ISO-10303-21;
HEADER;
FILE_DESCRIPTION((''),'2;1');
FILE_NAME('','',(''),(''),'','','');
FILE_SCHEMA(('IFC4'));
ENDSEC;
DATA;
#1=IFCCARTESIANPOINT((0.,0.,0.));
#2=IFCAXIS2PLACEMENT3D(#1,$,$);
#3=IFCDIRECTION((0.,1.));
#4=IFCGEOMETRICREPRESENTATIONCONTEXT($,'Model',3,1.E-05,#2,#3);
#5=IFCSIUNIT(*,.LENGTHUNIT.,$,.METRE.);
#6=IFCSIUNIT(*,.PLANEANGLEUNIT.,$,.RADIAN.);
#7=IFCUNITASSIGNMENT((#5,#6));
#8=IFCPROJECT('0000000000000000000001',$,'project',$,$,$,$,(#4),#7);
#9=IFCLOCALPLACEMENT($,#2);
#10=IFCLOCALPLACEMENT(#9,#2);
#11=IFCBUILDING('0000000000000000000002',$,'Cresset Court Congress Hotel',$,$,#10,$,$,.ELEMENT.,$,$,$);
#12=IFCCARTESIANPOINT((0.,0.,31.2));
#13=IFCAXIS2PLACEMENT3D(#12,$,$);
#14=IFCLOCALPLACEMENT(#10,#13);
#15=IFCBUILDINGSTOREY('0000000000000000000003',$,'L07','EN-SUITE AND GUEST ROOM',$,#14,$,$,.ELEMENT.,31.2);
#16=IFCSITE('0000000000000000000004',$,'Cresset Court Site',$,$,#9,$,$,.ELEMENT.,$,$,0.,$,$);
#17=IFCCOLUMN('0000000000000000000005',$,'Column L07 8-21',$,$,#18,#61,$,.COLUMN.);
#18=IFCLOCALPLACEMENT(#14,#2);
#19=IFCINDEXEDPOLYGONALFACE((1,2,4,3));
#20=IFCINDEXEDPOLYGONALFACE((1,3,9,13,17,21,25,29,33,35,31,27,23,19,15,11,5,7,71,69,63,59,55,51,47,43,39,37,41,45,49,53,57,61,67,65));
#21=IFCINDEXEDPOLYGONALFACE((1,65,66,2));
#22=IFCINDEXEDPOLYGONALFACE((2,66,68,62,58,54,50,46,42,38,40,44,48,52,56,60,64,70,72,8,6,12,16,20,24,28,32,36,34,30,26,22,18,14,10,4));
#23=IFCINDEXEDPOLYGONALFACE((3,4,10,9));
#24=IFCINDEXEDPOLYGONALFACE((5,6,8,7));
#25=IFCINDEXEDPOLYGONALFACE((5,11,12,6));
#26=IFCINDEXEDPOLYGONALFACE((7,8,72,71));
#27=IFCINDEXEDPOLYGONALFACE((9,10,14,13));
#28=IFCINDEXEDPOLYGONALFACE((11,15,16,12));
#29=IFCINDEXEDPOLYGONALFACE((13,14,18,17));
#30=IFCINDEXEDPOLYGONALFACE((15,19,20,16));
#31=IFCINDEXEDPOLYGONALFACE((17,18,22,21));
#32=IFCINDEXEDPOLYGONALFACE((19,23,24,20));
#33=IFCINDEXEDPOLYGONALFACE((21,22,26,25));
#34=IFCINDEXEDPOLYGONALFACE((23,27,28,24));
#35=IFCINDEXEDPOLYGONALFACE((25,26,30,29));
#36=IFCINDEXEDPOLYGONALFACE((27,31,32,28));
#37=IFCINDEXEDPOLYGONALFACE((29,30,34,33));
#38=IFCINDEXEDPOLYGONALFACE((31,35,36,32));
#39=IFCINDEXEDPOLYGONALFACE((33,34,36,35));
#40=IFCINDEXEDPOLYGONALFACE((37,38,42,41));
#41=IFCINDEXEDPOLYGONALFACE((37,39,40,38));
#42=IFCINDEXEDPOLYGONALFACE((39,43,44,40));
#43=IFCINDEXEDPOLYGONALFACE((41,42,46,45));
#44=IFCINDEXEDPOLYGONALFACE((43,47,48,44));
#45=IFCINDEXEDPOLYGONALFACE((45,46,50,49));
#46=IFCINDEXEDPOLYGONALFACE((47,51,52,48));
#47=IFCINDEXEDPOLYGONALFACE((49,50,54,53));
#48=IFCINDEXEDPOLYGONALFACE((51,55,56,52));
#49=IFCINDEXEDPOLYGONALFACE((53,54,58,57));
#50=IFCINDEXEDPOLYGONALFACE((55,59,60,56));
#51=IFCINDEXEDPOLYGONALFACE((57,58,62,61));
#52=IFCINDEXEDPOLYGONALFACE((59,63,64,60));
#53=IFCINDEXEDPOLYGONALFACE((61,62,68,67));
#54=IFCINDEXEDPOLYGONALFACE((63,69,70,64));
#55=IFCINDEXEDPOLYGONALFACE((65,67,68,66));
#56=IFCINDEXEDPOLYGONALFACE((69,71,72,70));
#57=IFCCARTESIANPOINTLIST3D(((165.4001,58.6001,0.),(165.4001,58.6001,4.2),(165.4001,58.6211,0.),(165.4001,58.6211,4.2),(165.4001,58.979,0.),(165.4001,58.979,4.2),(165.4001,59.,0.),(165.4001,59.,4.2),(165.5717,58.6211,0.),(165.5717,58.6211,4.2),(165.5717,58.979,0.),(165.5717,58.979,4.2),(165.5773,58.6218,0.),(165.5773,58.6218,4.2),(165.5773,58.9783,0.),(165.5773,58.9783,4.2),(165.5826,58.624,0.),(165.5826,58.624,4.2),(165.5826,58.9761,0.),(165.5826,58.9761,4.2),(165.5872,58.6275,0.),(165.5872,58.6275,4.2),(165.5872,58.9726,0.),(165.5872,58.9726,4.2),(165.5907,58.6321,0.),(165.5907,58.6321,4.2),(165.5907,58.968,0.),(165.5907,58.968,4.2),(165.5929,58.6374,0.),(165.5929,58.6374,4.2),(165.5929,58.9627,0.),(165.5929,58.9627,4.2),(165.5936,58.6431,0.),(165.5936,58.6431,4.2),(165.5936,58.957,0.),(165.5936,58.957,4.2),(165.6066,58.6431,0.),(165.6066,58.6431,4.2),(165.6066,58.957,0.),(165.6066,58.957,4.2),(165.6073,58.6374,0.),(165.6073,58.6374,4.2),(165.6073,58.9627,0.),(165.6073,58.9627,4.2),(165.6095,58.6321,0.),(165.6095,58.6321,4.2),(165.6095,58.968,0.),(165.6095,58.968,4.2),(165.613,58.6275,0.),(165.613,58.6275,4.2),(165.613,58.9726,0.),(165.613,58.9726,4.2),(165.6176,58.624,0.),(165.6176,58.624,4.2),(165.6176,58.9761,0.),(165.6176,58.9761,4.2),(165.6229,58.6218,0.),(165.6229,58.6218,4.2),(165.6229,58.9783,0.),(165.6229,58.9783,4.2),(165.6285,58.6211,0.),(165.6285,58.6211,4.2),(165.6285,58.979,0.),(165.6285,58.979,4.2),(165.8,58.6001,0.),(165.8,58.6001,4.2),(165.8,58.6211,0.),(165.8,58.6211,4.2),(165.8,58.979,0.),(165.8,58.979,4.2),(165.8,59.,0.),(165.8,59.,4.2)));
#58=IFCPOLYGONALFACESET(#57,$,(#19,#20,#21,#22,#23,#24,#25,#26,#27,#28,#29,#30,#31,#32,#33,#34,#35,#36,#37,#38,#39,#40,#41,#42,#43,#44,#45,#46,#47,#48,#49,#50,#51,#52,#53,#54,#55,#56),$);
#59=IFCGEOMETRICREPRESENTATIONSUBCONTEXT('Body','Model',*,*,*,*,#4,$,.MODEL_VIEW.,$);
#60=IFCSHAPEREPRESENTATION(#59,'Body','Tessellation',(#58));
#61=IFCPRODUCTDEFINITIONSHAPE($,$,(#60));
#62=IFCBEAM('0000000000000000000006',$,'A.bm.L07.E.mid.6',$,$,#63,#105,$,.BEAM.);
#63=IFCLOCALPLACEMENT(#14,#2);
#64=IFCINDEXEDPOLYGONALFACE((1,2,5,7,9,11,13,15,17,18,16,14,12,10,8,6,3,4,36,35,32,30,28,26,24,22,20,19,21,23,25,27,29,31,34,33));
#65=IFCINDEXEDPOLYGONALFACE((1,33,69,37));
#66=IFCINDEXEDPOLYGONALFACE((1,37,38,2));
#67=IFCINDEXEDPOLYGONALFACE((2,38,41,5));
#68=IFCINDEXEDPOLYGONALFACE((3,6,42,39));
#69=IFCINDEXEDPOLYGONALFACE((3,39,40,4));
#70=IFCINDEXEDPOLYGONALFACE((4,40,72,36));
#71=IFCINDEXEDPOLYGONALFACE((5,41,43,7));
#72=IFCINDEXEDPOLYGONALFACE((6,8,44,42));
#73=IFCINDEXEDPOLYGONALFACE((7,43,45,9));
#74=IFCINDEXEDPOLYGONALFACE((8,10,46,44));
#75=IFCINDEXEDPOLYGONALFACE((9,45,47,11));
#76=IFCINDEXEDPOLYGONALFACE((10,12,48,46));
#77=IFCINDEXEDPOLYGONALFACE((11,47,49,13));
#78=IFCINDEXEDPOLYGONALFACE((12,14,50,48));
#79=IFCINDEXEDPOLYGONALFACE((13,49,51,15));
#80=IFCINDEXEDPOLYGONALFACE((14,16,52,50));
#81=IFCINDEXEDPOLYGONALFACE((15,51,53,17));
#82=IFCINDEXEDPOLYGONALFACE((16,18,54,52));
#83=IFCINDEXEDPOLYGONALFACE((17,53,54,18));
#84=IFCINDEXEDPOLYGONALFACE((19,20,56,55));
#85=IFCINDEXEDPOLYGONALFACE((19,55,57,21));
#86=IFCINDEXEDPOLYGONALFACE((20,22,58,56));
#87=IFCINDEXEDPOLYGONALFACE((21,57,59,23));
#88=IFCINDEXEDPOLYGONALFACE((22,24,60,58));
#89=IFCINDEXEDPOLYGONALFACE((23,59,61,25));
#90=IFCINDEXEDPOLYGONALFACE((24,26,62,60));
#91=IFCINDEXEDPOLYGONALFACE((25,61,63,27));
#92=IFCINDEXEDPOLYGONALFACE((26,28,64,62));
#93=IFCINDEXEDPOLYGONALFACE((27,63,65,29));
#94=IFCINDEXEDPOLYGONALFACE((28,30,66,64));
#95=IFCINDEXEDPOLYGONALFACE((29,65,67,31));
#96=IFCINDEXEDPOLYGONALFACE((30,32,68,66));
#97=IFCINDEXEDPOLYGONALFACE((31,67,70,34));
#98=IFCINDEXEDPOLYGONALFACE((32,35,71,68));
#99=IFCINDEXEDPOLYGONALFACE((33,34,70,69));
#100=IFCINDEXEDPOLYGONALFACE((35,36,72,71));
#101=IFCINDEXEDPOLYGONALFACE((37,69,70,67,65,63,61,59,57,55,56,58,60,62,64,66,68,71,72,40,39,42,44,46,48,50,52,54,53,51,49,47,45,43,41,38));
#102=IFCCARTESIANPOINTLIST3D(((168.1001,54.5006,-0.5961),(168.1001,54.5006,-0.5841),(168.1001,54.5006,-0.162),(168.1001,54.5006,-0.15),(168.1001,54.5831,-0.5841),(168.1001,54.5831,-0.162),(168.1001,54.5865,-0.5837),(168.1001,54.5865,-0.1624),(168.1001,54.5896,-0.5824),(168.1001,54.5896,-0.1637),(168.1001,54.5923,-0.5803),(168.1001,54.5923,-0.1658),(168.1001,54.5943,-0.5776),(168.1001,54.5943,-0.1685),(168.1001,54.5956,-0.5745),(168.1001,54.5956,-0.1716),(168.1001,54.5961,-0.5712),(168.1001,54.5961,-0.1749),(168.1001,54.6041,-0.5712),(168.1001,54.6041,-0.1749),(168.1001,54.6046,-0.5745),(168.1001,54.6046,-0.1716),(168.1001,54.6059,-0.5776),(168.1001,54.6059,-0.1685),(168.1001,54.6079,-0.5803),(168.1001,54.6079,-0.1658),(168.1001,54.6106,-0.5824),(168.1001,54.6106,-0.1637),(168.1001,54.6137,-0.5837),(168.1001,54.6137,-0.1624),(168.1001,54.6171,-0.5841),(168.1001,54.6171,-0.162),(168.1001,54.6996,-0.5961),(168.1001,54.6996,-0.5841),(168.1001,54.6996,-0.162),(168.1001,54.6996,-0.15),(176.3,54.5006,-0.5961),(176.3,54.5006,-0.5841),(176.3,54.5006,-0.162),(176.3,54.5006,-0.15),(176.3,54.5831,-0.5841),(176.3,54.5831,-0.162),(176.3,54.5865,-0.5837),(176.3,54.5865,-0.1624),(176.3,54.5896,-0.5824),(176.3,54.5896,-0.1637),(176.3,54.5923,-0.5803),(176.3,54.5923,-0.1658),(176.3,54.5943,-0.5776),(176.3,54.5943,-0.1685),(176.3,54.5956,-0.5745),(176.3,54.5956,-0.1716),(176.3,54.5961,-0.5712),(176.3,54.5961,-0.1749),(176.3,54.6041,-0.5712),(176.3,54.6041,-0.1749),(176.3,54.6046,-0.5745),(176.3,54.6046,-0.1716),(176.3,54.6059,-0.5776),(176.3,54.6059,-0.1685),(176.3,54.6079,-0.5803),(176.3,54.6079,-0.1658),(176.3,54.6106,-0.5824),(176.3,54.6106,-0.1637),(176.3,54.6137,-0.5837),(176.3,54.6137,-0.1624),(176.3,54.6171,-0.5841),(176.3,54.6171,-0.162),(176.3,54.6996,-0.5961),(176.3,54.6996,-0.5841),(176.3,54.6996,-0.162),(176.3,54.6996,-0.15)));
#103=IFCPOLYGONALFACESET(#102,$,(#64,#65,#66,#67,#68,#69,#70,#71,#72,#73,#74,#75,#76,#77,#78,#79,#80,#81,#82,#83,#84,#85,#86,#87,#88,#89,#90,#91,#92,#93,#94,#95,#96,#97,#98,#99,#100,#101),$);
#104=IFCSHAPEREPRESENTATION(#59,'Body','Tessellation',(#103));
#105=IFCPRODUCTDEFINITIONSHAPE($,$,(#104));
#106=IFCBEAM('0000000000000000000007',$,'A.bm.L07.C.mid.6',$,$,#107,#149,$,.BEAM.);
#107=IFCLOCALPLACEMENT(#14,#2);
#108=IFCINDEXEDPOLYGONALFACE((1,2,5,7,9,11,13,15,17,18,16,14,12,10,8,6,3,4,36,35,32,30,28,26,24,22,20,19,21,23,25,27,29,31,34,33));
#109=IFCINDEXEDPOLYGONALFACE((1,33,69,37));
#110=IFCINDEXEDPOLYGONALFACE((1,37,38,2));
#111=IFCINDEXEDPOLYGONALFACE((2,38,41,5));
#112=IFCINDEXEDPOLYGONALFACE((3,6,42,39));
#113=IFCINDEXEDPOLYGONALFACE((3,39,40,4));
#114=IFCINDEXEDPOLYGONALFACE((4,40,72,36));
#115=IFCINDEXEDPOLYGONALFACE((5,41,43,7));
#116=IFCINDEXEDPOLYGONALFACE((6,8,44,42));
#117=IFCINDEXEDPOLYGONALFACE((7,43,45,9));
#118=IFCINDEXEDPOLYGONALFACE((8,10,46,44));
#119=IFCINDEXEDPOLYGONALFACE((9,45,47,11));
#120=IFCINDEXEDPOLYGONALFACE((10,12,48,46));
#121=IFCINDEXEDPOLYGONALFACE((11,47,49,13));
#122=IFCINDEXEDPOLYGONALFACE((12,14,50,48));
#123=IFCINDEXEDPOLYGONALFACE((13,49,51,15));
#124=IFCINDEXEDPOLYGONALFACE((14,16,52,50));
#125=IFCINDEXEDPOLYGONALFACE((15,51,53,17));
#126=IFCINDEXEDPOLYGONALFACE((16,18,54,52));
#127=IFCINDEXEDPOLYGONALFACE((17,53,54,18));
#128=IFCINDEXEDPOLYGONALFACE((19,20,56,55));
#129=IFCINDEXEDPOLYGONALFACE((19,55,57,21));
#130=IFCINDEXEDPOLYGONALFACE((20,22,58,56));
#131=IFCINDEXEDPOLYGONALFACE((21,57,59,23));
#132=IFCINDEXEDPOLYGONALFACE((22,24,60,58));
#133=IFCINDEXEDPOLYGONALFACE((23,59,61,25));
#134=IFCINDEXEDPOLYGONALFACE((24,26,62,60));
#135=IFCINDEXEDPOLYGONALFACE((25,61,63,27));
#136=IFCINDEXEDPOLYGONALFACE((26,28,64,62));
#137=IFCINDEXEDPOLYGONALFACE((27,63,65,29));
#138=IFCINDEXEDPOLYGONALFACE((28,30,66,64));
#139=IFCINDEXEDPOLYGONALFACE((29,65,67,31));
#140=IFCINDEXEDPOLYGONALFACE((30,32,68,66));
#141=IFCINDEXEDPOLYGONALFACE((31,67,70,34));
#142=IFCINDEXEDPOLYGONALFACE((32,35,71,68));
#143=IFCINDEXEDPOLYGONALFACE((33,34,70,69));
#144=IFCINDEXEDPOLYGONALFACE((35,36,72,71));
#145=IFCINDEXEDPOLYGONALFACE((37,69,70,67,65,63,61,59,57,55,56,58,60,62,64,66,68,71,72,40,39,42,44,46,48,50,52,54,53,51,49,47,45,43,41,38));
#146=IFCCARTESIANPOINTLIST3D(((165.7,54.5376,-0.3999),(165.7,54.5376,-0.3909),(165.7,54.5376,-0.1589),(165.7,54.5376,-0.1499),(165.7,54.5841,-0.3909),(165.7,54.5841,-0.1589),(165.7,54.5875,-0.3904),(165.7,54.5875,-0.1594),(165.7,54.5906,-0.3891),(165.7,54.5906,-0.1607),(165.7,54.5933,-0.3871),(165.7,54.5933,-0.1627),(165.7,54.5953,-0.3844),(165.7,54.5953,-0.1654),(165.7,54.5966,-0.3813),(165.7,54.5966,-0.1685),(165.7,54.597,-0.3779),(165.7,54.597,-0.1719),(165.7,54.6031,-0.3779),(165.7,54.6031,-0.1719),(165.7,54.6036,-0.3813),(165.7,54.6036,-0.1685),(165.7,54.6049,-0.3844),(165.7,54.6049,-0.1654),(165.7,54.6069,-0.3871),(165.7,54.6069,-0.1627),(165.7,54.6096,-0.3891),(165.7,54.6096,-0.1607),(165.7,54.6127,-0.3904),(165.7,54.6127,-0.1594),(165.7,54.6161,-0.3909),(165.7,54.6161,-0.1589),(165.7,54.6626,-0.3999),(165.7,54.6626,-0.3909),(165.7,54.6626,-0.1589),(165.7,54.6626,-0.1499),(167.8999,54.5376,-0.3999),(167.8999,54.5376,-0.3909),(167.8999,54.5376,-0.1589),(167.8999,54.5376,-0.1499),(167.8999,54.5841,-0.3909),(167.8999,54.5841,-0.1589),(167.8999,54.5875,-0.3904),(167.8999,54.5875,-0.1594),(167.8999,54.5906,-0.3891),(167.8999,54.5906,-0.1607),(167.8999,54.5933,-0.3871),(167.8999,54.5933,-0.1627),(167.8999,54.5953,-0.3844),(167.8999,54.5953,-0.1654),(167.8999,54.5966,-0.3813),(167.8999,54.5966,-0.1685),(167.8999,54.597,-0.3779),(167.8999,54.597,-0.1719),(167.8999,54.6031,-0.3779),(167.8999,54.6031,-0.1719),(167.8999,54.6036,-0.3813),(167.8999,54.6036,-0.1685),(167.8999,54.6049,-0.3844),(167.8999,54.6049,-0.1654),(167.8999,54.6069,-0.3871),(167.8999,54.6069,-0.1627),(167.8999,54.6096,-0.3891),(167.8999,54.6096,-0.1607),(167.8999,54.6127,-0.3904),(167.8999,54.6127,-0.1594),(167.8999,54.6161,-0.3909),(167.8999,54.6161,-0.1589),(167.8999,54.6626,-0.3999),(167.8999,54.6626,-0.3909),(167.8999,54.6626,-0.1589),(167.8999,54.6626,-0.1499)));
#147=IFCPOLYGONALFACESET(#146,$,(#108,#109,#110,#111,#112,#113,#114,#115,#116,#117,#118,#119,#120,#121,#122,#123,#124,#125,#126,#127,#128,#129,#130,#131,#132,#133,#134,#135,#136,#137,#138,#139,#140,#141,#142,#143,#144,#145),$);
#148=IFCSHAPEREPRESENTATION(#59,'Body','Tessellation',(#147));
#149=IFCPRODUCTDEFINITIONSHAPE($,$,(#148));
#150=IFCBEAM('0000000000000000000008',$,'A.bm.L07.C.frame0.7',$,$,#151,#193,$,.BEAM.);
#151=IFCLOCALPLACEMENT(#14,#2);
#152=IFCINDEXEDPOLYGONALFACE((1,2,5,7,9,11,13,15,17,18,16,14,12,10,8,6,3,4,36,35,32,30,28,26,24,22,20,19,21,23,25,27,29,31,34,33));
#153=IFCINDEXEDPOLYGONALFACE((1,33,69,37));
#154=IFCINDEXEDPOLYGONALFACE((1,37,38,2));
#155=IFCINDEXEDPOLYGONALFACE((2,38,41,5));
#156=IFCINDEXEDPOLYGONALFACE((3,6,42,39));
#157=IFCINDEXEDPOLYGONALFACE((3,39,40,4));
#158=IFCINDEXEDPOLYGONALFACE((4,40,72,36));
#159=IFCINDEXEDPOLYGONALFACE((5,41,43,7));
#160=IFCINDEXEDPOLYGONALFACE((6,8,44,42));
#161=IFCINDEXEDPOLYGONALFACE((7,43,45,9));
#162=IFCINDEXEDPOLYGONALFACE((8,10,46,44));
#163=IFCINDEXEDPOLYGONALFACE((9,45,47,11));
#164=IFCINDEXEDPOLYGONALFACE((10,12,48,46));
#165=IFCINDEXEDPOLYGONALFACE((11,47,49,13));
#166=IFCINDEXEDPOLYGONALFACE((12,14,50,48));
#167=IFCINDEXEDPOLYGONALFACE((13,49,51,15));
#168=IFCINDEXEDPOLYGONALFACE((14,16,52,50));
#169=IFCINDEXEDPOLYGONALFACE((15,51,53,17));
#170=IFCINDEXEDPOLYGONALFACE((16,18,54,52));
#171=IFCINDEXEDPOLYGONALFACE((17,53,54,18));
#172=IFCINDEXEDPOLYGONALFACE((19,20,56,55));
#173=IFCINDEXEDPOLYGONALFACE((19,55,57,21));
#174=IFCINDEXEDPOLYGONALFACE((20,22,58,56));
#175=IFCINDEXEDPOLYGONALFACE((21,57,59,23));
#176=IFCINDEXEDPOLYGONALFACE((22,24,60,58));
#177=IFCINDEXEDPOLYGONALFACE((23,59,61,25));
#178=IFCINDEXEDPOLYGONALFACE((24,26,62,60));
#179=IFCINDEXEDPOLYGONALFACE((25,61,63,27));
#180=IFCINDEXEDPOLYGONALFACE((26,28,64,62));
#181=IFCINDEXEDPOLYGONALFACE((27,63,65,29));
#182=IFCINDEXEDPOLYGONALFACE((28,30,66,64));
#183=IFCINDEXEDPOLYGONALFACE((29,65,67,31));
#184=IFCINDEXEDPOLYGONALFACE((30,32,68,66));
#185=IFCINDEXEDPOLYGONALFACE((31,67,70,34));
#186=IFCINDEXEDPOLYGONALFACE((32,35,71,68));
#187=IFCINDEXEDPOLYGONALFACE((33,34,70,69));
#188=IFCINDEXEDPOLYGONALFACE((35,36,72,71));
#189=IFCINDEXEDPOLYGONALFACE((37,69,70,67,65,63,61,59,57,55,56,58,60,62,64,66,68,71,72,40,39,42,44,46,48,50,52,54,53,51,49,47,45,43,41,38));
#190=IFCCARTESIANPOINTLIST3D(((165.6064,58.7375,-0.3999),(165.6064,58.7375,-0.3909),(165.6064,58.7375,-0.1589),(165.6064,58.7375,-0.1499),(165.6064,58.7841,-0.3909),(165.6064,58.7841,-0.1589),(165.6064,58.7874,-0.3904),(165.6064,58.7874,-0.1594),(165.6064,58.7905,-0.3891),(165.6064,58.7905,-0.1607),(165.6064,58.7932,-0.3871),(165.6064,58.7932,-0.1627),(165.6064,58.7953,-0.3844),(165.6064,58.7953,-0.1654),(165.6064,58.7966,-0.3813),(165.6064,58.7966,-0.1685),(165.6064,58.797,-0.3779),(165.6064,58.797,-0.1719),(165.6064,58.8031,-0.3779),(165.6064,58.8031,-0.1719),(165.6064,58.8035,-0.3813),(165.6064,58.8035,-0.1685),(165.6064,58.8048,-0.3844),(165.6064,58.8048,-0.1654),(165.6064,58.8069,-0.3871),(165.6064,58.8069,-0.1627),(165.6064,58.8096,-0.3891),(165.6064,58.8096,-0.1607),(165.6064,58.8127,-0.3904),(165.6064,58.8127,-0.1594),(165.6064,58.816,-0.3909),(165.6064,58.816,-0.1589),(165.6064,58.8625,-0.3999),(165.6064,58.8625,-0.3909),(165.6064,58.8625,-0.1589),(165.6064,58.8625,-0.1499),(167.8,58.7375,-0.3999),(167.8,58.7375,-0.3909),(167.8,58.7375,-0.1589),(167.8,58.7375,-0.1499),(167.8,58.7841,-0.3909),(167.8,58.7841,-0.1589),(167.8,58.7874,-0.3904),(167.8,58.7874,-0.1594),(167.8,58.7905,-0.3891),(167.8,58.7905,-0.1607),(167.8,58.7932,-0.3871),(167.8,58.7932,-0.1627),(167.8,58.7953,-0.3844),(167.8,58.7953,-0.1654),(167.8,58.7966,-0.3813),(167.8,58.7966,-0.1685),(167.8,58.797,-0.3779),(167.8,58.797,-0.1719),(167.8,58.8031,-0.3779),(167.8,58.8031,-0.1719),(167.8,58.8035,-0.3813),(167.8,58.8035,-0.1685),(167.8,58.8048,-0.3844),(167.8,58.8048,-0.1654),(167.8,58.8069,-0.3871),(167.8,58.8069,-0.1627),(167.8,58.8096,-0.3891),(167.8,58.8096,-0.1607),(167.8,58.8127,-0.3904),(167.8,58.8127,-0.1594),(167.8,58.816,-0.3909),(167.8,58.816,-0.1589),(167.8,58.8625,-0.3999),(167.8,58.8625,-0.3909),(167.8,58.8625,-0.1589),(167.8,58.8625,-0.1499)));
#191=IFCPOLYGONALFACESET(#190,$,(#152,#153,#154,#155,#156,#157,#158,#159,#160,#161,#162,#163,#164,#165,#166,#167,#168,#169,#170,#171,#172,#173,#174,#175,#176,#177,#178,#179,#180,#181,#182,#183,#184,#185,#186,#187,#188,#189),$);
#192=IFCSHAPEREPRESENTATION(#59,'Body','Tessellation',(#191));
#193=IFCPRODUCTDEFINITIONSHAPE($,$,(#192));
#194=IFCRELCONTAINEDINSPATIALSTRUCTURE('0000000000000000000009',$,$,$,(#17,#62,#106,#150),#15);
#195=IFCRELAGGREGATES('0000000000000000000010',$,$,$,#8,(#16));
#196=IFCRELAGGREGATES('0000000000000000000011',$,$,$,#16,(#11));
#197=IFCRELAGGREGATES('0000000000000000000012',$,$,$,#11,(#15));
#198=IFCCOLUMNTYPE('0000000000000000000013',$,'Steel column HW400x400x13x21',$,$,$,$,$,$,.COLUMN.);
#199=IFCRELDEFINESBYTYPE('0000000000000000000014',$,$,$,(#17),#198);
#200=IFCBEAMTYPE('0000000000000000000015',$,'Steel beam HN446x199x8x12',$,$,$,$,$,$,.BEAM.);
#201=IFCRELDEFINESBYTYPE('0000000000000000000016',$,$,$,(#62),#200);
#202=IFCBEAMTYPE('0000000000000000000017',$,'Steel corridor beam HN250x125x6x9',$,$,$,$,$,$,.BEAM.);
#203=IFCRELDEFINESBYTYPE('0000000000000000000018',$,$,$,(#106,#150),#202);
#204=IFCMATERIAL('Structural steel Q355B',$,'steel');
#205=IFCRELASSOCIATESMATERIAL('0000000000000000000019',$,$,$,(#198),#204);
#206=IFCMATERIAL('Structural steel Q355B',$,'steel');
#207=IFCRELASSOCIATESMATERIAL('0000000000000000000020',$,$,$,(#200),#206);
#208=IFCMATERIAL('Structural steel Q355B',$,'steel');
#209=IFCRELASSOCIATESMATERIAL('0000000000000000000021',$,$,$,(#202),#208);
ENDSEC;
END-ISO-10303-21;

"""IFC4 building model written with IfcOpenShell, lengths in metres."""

from ifc_helpers import new_model, si_unit, direction, frame, origin, origin_2d, place, context, subcontext, project, spatial, i_section, extrude, material, material_profile, profile_set, type_object, element, save


model = new_model("IFC4")

# Units and contexts
model_context = context("Model", 3, precision=1e-05, world=origin(), true_north=direction((0.0, 1.0)))
body_context = subcontext(model_context, "Body", "Model", "MODEL_VIEW")
ifc_project = project(units=[si_unit("LENGTHUNIT", "METRE"), si_unit("PLANEANGLEUNIT", "RADIAN")], contexts=[model_context])

# Site, building, storey
site_placement = place(None, origin())
site = spatial("IfcSite", under=ifc_project, at=site_placement, Name="Cresset Court Site", CompositionType="ELEMENT", RefElevation=0.0)
building_placement = place(site_placement, origin())
building = spatial("IfcBuilding", under=site, at=building_placement, Name="Cresset Court Congress Hotel", CompositionType="ELEMENT")
storey_placement = place(building_placement, frame((0.0, 0.0, 31.2)))
storey = spatial("IfcBuildingStorey", under=building, at=storey_placement, Name="L07", Description="EN-SUITE AND GUEST ROOM", CompositionType="ELEMENT", Elevation=31.2)

# Column
ifc_material_1 = material(Name="Structural steel Q355B", Category="steel")
ifc_material_profile_1 = material_profile(ifc_material_1, i_section(OverallWidth=0.3999, OverallDepth=0.3999, WebThickness=0.0129, FlangeThickness=0.021, FilletRadius=0.022, at=origin_2d()), Name="HW400x400x13x21")
ifc_profile_set_1 = profile_set([ifc_material_profile_1], Name="Structural steel Q355B")
column_type = type_object("IfcColumnType", Name="Steel column HW400x400x13x21", PredefinedType="COLUMN", material=ifc_profile_set_1)
column_placement = place(storey_placement, frame((165.6001, 58.8, 0.0), z_axis=(0.0, 0.0, 1.0), x_axis=(1.0, 0.0, 0.0)))
element("IfcColumn", 1, at=column_placement, inside=storey, type_object=column_type, Name="Column L07 8-21", PredefinedType="COLUMN", context=body_context, shape_type="SweptSolid", body=[
    extrude(i_section(OverallWidth=0.3999, OverallDepth=0.3999, WebThickness=0.0129, FlangeThickness=0.021, FilletRadius=0.022, at=origin_2d()), origin(), (0.0, 0.0, 1.0), 4.2),
])

# Beams
ifc_material_2 = material(Name="Structural steel Q355B", Category="steel")
ifc_material_profile_2 = material_profile(ifc_material_2, i_section(OverallWidth=0.199, OverallDepth=0.446, WebThickness=0.0081, FlangeThickness=0.012, FilletRadius=0.0129, at=origin_2d()), Name="HN446x199x8x12")
ifc_profile_set_2 = profile_set([ifc_material_profile_2], Name="Structural steel Q355B")
beam_type_1 = type_object("IfcBeamType", Name="Steel beam HN446x199x8x12", PredefinedType="BEAM", material=ifc_profile_set_2)
beam_1_placement = place(storey_placement, frame((168.1001, 54.6001, -0.373), z_axis=(1.0, 0.0, 0.0), x_axis=(0.0, 1.0, 0.0)))
element("IfcBeam", 2, at=beam_1_placement, inside=storey, type_object=beam_type_1, Name="A.bm.L07.E.mid.6", PredefinedType="BEAM", context=body_context, shape_type="SweptSolid", body=[
    extrude(i_section(OverallWidth=0.199, OverallDepth=0.446, WebThickness=0.0081, FlangeThickness=0.012, FilletRadius=0.0129, at=origin_2d()), origin(), (0.0, 0.0, 1.0), 8.2),
])
ifc_material_3 = material(Name="Structural steel Q355B", Category="steel")
ifc_material_profile_3 = material_profile(ifc_material_3, i_section(OverallWidth=0.125, OverallDepth=0.25, WebThickness=0.0061, FlangeThickness=0.009, FilletRadius=0.0129, at=origin_2d()), Name="HN250x125x6x9")
ifc_profile_set_3 = profile_set([ifc_material_profile_3], Name="Structural steel Q355B")
beam_type_2 = type_object("IfcBeamType", Name="Steel corridor beam HN250x125x6x9", PredefinedType="BEAM", material=ifc_profile_set_3)
beam_2_placement = place(storey_placement, frame((165.7, 54.6001, -0.2749), z_axis=(1.0, 0.0, 0.0), x_axis=(0.0, 1.0, 0.0)))
element("IfcBeam", 3, at=beam_2_placement, inside=storey, type_object=beam_type_2, Name="A.bm.L07.C.mid.6", PredefinedType="BEAM", context=body_context, shape_type="SweptSolid", body=[
    extrude(i_section(OverallWidth=0.125, OverallDepth=0.25, WebThickness=0.0061, FlangeThickness=0.009, FilletRadius=0.0129, at=origin_2d()), origin(), (0.0, 0.0, 1.0), 2.2),
])
beam_3_placement = place(storey_placement, frame((165.6064, 58.8, -0.2749), z_axis=(1.0, 0.0, 0.0), x_axis=(0.0, 1.0, 0.0)))
element("IfcBeam", 4, at=beam_3_placement, inside=storey, type_object=beam_type_2, Name="A.bm.L07.C.frame0.7", PredefinedType="BEAM", context=body_context, shape_type="SweptSolid", body=[
    extrude(i_section(OverallWidth=0.125, OverallDepth=0.25, WebThickness=0.0061, FlangeThickness=0.009, FilletRadius=0.0129, at=origin_2d()), origin(), (0.0, 0.0, 1.0), 2.1936),
])

save(model, "model.ifc")
